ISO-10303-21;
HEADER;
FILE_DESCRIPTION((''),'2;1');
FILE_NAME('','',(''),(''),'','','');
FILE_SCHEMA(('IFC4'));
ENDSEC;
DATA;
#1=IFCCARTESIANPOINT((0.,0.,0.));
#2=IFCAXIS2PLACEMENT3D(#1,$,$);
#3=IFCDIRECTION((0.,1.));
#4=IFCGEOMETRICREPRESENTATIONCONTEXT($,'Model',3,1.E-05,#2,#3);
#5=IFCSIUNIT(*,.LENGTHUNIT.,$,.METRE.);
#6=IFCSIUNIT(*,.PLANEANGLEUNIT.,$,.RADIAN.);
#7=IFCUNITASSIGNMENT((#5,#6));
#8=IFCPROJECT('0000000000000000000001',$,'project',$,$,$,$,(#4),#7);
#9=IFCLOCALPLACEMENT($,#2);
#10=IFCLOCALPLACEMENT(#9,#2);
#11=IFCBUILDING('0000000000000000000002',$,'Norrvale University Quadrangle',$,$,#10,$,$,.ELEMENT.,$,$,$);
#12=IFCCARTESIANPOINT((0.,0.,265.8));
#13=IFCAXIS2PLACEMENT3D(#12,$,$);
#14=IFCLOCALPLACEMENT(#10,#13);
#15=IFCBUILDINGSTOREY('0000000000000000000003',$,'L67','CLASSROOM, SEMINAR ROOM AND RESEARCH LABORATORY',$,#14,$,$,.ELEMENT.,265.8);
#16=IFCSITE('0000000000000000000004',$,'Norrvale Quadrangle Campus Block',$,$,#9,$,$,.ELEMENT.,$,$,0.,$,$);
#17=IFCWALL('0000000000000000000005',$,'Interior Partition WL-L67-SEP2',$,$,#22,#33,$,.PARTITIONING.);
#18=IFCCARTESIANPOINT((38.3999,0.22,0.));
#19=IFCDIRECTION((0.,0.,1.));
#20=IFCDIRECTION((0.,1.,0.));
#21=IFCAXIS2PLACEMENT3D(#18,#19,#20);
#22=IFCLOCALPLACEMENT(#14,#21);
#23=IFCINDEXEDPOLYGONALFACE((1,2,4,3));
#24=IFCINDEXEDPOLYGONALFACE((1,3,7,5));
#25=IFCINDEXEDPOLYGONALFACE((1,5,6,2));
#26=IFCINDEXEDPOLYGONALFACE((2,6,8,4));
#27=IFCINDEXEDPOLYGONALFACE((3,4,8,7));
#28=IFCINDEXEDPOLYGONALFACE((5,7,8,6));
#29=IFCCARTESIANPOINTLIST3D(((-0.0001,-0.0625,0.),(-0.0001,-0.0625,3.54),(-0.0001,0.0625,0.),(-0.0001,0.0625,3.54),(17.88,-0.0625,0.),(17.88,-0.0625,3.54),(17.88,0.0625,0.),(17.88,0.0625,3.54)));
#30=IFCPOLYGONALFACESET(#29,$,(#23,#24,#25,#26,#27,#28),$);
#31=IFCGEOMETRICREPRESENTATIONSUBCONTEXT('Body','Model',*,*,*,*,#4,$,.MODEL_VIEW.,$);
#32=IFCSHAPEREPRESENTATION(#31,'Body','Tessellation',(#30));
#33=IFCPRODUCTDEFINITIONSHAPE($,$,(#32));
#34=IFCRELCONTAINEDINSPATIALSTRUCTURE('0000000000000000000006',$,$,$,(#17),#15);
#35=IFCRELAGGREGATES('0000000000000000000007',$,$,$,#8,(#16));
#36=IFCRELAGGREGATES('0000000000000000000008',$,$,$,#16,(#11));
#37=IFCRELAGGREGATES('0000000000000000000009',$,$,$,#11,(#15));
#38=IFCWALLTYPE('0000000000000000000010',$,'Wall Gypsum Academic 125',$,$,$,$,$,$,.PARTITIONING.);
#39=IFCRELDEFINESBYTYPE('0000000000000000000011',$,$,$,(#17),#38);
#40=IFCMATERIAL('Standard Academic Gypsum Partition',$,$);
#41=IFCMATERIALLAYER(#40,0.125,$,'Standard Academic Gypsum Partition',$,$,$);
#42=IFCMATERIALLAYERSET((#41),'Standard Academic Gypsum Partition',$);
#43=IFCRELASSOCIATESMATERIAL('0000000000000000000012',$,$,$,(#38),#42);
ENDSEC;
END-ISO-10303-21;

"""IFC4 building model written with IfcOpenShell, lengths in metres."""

from ifc_helpers import new_model, si_unit, direction, frame, frame_2d, origin, place, context, subcontext, project, spatial, rectangle, extrude, material, layer, layer_set, type_object, element, save


model = new_model("IFC4")

# Units and contexts
model_context = context("Model", 3, precision=1e-05, world=origin(), true_north=direction((0.0, 1.0)))
body_context = subcontext(model_context, "Body", "Model", "MODEL_VIEW")
ifc_project = project(units=[si_unit("LENGTHUNIT", "METRE"), si_unit("PLANEANGLEUNIT", "RADIAN")], contexts=[model_context])

# Site, building, storey
site_placement = place(None, origin())
site = spatial("IfcSite", under=ifc_project, at=site_placement, Name="Norrvale Quadrangle Campus Block", CompositionType="ELEMENT", RefElevation=0.0)
building_placement = place(site_placement, origin())
building = spatial("IfcBuilding", under=site, at=building_placement, Name="Norrvale University Quadrangle", CompositionType="ELEMENT")
storey_placement = place(building_placement, frame((0.0, 0.0, 265.8)))
storey = spatial("IfcBuildingStorey", under=building, at=storey_placement, Name="L67", Description="CLASSROOM, SEMINAR ROOM AND RESEARCH LABORATORY", CompositionType="ELEMENT", Elevation=265.8)

# Wall
ifc_material_1 = material(Name="Standard Academic Gypsum Partition")
ifc_layer_1 = layer(ifc_material_1, 0.125, Name="Standard Academic Gypsum Partition")
ifc_layer_set_1 = layer_set([ifc_layer_1], Name="Standard Academic Gypsum Partition")
wall_type_1 = type_object("IfcWallType", Name="Wall Gypsum Academic 125", PredefinedType="PARTITIONING", material=ifc_layer_set_1)
wall_1_placement = place(storey_placement, frame((38.3999, 0.22, 0.0), z_axis=(0.0, 0.0, 1.0), x_axis=(0.0, 1.0, 0.0)))
element("IfcWall", 1, at=wall_1_placement, inside=storey, type_object=wall_type_1, Name="Interior Partition WL-L67-SEP2", PredefinedType="PARTITIONING", context=body_context, shape_type="SweptSolid", body=[
    extrude(rectangle(XDim=17.8801, YDim=0.125, at=frame_2d((8.9399, 0.0))), origin(), (0.0, 0.0, 1.0), 3.54),
])

save(model, "model.ifc")
